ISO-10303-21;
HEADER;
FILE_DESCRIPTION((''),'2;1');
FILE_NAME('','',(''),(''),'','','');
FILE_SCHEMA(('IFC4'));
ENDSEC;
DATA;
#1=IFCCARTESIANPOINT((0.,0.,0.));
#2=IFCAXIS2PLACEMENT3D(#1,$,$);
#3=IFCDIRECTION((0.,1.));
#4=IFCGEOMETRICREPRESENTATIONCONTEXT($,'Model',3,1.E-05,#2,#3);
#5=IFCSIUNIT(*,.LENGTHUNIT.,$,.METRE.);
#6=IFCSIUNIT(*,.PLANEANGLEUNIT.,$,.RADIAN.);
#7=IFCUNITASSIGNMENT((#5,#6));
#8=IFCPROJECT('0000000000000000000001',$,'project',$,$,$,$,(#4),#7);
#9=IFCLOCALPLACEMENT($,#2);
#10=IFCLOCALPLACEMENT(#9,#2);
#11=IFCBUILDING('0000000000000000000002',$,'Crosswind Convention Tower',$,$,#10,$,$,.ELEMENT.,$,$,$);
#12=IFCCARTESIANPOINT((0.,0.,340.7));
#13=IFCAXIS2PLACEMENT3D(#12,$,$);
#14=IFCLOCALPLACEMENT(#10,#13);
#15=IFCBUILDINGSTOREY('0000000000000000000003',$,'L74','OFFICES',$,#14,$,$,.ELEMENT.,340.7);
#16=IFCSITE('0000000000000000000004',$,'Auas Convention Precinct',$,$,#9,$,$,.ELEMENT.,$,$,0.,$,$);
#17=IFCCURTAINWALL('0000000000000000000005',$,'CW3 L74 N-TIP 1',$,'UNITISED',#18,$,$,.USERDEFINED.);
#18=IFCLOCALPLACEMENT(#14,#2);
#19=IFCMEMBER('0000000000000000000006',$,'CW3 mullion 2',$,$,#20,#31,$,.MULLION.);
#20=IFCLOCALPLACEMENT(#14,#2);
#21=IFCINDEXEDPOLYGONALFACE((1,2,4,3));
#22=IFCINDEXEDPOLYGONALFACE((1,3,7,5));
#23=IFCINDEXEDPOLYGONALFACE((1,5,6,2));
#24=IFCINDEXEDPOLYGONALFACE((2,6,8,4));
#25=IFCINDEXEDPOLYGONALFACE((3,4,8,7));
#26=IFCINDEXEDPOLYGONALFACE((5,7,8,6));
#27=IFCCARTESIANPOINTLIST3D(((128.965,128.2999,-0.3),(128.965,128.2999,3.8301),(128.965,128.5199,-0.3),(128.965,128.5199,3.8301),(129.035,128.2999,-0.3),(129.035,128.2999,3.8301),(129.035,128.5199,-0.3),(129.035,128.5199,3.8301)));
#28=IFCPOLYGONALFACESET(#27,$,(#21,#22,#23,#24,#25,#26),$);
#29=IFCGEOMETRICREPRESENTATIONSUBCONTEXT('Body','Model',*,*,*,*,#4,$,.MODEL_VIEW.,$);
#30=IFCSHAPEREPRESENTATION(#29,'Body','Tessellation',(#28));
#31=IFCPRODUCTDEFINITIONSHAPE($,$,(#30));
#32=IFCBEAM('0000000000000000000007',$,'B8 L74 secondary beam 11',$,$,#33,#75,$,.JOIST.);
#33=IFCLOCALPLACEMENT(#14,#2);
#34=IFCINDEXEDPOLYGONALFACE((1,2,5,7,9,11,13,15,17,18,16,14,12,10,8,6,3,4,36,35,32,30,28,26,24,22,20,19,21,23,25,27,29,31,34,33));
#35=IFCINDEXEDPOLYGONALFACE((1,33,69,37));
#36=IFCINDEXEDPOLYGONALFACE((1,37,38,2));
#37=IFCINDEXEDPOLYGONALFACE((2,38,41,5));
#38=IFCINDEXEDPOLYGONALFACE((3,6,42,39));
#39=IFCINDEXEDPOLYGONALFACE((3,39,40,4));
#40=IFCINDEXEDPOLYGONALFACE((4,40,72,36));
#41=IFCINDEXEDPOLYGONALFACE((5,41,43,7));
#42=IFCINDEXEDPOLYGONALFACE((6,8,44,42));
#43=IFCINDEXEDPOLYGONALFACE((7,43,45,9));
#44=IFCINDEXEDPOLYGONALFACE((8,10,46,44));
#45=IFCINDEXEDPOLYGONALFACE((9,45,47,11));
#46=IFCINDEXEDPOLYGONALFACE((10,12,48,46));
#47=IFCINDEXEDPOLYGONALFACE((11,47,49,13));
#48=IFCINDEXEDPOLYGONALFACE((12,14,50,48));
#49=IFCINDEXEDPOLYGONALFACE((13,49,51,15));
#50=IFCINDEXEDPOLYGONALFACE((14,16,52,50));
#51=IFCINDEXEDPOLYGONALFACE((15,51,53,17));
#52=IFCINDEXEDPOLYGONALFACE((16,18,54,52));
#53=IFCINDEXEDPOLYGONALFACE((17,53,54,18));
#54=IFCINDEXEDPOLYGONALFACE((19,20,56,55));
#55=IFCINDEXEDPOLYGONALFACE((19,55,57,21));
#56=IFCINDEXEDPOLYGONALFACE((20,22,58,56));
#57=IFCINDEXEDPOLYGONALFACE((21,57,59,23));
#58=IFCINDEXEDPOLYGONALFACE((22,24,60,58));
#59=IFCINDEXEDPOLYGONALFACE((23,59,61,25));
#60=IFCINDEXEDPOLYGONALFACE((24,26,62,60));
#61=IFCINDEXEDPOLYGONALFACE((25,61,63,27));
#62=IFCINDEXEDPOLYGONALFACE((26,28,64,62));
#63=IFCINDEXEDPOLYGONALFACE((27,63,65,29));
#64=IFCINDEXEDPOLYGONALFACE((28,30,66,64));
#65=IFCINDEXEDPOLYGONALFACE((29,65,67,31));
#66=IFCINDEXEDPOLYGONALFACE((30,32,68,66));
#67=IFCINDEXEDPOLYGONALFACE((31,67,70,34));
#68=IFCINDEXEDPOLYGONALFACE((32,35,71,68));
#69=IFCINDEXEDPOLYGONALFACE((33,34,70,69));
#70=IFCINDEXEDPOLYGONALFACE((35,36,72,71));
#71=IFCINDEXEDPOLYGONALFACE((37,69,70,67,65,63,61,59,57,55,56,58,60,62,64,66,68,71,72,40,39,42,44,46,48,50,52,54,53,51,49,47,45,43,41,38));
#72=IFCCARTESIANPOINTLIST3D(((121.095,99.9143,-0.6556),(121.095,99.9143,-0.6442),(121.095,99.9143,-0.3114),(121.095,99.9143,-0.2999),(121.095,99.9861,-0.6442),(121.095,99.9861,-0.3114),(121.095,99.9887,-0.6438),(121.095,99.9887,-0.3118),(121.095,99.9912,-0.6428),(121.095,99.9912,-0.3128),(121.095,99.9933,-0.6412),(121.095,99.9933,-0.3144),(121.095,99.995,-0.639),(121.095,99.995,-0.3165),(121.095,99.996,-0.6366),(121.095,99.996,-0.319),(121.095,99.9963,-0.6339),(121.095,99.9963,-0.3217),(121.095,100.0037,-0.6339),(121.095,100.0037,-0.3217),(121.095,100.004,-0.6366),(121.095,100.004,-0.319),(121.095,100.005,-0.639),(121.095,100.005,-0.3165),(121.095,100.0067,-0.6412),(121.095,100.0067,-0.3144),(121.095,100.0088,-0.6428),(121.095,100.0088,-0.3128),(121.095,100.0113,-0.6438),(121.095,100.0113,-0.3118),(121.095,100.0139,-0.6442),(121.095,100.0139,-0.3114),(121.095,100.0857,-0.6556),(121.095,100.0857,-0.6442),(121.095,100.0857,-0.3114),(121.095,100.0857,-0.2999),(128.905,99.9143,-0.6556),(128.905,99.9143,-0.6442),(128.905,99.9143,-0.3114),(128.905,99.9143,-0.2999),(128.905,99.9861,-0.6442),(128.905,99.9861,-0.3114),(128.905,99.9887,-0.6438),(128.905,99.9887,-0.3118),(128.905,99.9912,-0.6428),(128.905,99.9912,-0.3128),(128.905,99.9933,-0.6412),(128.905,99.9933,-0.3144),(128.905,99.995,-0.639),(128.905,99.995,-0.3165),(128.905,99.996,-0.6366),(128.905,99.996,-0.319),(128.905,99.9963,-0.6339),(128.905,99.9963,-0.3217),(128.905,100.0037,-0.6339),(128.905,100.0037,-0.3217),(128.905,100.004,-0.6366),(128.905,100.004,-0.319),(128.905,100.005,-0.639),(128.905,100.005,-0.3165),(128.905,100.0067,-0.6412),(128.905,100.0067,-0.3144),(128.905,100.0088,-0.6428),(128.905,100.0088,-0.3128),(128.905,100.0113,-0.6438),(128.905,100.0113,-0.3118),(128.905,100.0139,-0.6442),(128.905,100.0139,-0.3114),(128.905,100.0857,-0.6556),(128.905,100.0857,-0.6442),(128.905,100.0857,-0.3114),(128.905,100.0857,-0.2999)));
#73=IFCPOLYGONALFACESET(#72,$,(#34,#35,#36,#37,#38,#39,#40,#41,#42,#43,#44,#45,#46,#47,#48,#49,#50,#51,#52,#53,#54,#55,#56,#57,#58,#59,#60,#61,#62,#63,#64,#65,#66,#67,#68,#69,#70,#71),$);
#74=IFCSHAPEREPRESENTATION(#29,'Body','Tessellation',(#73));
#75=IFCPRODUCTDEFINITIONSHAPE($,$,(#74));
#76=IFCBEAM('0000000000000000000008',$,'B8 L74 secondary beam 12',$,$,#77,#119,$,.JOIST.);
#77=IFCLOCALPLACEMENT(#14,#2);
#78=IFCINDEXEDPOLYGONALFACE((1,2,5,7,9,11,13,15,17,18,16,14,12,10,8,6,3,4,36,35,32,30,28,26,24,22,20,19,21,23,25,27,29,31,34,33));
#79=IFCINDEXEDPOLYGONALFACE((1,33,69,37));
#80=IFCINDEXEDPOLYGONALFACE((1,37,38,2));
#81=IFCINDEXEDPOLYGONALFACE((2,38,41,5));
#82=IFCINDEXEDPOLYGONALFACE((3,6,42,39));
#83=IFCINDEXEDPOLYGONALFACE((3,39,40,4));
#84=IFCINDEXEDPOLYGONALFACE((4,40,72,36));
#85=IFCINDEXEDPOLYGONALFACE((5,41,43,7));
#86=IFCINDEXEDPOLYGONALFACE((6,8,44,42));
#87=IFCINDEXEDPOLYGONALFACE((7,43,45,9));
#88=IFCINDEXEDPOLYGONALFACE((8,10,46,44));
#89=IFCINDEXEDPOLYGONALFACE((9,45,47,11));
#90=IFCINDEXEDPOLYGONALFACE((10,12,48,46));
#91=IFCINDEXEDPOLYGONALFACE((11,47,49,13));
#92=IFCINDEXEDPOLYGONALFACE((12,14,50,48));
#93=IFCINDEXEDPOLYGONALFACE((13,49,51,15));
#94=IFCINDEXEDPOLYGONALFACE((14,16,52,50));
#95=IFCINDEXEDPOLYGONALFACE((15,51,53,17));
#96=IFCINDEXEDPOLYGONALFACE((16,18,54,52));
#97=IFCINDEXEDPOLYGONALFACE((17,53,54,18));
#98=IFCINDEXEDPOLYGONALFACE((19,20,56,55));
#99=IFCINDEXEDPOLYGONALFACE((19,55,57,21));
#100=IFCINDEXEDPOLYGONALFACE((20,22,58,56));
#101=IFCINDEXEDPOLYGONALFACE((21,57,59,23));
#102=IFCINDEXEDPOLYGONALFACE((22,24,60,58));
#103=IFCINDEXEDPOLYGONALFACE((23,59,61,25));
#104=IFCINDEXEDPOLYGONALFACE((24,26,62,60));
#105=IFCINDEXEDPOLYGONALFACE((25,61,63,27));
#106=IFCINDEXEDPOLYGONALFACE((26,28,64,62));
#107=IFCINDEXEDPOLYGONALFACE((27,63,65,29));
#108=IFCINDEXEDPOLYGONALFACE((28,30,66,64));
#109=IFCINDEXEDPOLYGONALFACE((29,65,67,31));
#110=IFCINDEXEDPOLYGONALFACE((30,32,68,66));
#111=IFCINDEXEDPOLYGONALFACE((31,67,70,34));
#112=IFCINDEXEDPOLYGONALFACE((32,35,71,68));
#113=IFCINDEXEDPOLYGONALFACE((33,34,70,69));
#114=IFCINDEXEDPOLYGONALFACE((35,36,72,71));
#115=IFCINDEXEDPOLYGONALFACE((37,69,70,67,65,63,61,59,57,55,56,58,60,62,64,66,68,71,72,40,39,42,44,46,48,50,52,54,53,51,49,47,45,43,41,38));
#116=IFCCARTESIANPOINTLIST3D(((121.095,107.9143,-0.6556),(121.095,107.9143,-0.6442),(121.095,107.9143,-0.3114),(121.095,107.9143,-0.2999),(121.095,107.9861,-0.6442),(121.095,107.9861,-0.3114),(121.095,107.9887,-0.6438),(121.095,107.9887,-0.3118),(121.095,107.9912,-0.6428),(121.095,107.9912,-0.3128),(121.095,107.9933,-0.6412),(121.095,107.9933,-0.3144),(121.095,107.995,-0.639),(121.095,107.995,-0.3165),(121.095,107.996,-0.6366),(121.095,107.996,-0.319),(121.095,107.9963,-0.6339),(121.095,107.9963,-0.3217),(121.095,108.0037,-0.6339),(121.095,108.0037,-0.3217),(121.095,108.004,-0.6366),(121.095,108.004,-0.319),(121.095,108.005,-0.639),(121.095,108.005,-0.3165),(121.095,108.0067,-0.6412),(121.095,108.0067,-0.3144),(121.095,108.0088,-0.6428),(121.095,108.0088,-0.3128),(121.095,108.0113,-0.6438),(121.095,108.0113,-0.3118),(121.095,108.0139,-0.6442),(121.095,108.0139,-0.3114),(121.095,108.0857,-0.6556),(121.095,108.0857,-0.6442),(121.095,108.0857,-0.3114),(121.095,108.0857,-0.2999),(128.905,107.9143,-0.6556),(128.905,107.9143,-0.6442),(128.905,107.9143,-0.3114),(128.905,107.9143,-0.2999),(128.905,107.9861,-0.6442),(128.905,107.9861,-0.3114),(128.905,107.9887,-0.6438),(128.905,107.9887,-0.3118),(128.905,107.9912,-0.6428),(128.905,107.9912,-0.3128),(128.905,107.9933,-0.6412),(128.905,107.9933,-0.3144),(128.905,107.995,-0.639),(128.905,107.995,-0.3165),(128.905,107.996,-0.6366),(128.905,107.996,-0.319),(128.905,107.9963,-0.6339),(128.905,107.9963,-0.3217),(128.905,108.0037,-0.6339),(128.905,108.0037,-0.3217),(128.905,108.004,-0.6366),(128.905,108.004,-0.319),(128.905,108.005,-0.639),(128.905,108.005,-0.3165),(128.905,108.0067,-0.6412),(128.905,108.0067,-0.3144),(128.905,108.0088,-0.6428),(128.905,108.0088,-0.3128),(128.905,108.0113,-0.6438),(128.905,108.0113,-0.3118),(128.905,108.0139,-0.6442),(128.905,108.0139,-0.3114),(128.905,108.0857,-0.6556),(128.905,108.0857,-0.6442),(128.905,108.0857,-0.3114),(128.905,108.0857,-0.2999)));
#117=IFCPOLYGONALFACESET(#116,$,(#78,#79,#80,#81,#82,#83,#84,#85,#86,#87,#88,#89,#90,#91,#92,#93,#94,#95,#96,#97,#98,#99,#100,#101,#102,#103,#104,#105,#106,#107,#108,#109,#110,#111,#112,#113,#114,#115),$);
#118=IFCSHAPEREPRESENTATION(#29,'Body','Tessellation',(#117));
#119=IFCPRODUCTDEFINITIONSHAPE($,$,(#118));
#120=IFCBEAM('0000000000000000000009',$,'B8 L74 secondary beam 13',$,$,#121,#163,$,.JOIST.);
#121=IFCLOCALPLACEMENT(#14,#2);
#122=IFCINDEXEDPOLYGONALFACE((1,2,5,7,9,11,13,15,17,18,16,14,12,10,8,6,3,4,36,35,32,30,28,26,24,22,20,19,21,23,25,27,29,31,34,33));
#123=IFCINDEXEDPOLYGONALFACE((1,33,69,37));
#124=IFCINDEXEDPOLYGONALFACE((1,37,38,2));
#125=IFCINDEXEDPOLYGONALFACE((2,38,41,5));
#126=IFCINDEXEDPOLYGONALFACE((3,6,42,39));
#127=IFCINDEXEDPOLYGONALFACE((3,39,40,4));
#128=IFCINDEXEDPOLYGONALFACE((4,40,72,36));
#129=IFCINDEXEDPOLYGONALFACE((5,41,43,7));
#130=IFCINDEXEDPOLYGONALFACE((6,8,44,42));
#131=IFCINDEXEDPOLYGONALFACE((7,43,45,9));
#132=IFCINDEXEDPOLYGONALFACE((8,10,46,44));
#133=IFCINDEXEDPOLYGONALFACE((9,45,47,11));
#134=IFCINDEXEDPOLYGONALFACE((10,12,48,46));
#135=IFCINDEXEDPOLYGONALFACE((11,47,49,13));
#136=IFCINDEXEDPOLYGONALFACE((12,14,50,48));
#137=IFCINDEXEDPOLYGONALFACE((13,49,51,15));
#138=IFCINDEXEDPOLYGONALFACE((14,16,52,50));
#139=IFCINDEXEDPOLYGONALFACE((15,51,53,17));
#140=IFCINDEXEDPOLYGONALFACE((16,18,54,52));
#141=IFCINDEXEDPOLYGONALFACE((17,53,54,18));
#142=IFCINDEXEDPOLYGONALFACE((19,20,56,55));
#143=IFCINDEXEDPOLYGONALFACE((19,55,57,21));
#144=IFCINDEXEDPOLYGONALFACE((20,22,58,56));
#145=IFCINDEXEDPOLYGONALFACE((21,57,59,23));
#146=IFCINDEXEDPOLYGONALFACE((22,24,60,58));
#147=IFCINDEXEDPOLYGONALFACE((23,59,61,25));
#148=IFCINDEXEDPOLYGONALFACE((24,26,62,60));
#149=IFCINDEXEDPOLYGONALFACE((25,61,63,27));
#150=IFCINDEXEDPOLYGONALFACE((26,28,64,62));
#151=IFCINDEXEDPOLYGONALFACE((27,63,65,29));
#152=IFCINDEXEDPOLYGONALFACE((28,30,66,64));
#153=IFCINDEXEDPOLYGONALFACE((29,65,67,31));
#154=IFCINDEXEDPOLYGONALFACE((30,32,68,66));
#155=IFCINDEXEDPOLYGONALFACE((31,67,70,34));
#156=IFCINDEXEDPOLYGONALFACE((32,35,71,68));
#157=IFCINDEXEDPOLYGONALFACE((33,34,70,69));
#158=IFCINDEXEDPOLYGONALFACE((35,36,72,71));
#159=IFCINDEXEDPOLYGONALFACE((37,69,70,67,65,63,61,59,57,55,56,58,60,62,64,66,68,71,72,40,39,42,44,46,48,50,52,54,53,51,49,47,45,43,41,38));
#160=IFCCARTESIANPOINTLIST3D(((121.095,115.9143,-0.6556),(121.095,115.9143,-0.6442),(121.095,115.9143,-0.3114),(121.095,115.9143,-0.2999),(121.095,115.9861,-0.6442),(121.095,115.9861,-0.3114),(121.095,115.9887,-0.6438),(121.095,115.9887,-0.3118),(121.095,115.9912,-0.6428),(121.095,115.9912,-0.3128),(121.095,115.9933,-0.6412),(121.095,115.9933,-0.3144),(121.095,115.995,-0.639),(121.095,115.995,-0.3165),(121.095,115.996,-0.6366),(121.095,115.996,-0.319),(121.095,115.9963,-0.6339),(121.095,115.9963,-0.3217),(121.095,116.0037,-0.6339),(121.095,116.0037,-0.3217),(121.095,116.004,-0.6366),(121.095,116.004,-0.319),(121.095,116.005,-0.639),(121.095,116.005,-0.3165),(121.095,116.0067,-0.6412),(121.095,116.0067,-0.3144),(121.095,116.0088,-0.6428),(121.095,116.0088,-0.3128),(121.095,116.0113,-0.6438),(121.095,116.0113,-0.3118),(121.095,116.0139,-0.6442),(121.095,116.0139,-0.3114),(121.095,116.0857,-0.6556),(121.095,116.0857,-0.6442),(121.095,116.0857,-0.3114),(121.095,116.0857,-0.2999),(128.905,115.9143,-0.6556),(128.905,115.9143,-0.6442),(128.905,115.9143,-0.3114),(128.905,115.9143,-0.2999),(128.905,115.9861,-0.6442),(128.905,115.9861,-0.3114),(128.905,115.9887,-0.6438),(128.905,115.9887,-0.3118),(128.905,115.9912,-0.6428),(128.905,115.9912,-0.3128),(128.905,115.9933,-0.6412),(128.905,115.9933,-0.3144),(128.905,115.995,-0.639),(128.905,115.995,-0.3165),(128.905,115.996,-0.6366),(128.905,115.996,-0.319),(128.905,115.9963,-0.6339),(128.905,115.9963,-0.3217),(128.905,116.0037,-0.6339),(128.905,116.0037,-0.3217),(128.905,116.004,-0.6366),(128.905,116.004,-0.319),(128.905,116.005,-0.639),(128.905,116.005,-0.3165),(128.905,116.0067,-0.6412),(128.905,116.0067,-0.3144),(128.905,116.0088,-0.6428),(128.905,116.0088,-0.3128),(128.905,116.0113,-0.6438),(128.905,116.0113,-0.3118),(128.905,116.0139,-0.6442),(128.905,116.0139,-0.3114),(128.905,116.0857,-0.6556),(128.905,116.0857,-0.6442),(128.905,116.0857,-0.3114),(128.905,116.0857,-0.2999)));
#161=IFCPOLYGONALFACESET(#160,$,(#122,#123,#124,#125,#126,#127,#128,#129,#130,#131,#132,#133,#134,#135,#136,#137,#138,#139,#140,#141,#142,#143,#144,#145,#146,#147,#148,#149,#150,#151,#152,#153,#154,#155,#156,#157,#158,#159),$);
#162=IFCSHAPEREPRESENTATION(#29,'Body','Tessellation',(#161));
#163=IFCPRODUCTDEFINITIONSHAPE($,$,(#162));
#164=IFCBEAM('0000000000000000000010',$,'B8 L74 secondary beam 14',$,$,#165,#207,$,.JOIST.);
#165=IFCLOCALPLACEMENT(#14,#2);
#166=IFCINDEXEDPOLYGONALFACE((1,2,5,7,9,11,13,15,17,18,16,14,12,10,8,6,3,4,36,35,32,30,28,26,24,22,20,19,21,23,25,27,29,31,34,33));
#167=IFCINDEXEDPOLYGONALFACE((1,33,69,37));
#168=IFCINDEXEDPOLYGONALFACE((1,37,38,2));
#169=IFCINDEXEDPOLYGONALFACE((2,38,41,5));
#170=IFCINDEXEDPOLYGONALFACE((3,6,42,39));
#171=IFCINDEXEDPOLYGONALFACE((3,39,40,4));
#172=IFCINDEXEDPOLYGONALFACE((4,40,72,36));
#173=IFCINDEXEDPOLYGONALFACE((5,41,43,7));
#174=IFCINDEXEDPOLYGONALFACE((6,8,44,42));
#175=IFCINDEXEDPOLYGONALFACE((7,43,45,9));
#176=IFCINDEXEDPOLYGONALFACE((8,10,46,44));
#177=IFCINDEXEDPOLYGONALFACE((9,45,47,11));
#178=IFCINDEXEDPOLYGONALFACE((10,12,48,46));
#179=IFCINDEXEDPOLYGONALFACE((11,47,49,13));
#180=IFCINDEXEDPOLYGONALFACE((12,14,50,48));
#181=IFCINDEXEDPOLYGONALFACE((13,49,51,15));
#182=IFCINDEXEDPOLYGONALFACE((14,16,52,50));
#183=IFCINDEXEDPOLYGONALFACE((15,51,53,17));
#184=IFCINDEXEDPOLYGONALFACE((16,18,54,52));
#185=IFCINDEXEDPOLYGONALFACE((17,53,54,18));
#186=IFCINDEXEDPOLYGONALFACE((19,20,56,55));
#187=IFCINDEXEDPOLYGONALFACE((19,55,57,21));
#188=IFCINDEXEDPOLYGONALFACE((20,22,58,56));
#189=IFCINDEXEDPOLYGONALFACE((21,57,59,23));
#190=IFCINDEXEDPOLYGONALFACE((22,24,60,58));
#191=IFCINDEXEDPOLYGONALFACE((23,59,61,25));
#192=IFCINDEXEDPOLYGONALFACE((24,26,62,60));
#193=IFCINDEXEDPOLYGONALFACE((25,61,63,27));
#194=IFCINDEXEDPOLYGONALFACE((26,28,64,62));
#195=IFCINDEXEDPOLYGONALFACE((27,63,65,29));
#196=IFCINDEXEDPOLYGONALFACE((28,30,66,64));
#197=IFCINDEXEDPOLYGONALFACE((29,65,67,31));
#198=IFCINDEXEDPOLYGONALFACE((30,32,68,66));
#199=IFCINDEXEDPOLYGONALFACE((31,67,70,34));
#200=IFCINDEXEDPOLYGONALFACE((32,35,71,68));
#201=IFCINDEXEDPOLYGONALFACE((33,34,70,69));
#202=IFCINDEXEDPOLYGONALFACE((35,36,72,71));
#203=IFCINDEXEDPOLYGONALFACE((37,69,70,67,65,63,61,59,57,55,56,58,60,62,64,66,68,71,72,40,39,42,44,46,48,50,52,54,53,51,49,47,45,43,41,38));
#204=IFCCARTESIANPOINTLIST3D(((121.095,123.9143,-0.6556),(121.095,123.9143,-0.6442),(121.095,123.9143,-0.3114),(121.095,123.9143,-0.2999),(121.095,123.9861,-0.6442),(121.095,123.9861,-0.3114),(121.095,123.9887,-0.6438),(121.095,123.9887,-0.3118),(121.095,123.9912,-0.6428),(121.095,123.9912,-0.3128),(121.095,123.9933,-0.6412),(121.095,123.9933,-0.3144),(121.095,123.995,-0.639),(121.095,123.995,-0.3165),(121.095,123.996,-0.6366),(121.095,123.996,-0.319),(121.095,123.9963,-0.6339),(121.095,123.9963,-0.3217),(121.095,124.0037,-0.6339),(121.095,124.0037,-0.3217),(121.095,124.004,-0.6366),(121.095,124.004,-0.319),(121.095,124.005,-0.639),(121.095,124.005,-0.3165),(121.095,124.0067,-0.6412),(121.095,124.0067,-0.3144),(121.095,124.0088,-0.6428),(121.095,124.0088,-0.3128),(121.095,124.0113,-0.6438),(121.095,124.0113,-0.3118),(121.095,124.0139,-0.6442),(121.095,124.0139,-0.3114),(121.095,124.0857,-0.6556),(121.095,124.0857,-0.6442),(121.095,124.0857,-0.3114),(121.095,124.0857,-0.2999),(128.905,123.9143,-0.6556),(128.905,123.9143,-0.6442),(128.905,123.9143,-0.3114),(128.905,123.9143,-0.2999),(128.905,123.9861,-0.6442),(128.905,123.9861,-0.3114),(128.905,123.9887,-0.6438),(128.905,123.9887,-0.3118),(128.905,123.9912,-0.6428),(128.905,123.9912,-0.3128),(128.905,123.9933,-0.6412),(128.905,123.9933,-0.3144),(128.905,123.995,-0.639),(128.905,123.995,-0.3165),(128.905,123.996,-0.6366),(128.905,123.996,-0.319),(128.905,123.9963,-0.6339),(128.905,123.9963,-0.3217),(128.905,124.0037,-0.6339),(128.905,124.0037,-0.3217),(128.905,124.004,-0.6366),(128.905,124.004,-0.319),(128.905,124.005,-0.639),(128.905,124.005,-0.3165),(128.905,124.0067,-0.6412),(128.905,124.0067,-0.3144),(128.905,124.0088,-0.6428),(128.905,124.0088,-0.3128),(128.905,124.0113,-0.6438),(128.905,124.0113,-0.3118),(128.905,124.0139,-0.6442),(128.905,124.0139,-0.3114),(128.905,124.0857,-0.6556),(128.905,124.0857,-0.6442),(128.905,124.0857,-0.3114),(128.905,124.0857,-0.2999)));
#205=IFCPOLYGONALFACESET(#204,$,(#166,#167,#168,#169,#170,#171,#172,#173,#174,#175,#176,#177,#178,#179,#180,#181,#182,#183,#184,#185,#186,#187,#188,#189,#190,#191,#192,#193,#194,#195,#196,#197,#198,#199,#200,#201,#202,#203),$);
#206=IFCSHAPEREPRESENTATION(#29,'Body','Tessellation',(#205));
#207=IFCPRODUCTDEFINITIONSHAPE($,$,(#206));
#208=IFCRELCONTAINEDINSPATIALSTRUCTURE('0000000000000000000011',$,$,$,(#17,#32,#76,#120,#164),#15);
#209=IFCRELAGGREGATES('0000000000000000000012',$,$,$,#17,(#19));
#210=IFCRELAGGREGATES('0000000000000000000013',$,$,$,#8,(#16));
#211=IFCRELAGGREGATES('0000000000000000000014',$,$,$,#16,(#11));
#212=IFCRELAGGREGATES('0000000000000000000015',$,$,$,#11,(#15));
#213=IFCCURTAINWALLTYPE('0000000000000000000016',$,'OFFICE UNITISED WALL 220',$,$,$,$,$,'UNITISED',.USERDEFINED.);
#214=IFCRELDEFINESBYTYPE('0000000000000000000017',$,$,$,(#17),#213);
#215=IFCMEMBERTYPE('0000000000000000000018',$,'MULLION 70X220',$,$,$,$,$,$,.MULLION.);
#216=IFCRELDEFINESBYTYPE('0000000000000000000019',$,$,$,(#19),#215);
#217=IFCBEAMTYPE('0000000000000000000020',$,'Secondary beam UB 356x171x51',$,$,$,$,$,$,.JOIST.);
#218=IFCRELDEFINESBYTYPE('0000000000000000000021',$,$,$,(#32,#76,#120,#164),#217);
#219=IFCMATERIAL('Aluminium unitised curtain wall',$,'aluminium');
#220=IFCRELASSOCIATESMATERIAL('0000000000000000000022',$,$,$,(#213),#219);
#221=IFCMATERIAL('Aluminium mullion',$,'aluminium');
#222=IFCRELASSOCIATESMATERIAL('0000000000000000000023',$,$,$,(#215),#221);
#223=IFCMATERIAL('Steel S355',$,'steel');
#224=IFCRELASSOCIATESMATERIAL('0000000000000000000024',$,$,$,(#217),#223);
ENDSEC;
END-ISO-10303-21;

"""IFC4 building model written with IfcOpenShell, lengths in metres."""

from ifc_helpers import new_model, si_unit, direction, frame, origin, origin_2d, place, context, subcontext, project, spatial, rectangle, i_section, extrude, material, material_profile, profile_set, type_object, element, aggregate, save


model = new_model("IFC4")

# Units and contexts
model_context = context("Model", 3, precision=1e-05, world=origin(), true_north=direction((0.0, 1.0)))
body_context = subcontext(model_context, "Body", "Model", "MODEL_VIEW")
ifc_project = project(units=[si_unit("LENGTHUNIT", "METRE"), si_unit("PLANEANGLEUNIT", "RADIAN")], contexts=[model_context])

# Site, building, storey
site_placement = place(None, origin())
site = spatial("IfcSite", under=ifc_project, at=site_placement, Name="Auas Convention Precinct", CompositionType="ELEMENT", RefElevation=0.0)
building_placement = place(site_placement, origin())
building = spatial("IfcBuilding", under=site, at=building_placement, Name="Crosswind Convention Tower", CompositionType="ELEMENT")
storey_placement = place(building_placement, frame((0.0, 0.0, 340.7)))
storey = spatial("IfcBuildingStorey", under=building, at=storey_placement, Name="L74", Description="OFFICES", CompositionType="ELEMENT", Elevation=340.7)

# Shared definitions
ifc_material_1 = material(Name="Steel S355", Category="steel")

# Curtain wall, member
ifc_material_2 = material(Name="Aluminium unitised curtain wall", Category="aluminium")
curtain_wall_type = type_object("IfcCurtainWallType", Name="OFFICE UNITISED WALL 220", ElementType="UNITISED", PredefinedType="USERDEFINED", material=ifc_material_2)
curtain_wall_placement = place(storey_placement, origin())
curtain_wall = element("IfcCurtainWall", 1, at=curtain_wall_placement, inside=storey, type_object=curtain_wall_type, Name="CW3 L74 N-TIP 1", ObjectType="UNITISED", PredefinedType="USERDEFINED")
ifc_material_3 = material(Name="Aluminium mullion", Category="aluminium")
ifc_material_profile_1 = material_profile(ifc_material_3, rectangle(XDim=0.22, YDim=0.0701, at=origin_2d()), Name="AL 220X70")
ifc_profile_set_1 = profile_set([ifc_material_profile_1], Name="Aluminium mullion")
member_type = type_object("IfcMemberType", Name="MULLION 70X220", PredefinedType="MULLION", material=ifc_profile_set_1)
member_placement = place(storey_placement, frame((129.0, 128.4099, -0.3), z_axis=(0.0, 0.0, 1.0), x_axis=(0.0, 1.0, 0.0)))
member = element("IfcMember", 2, at=member_placement, type_object=member_type, Name="CW3 mullion 2", PredefinedType="MULLION", context=body_context, shape_type="SweptSolid", body=[
    extrude(rectangle(XDim=0.22, YDim=0.0701, at=origin_2d()), origin(), (0.0, 0.0, 1.0), 4.1301),
])

# Beams
ifc_material_profile_2 = material_profile(ifc_material_1, i_section(OverallWidth=0.1714, OverallDepth=0.3557, WebThickness=0.0073, FlangeThickness=0.0115, FilletRadius=0.0103, at=origin_2d()), Name="UB 356x171x51")
ifc_profile_set_2 = profile_set([ifc_material_profile_2], Name="Steel S355")
beam_type_1 = type_object("IfcBeamType", Name="Secondary beam UB 356x171x51", PredefinedType="JOIST", material=ifc_profile_set_2)
for number, where, z_axis, x_axis, name in (
    (3, (121.095, 100.0, -0.4778), (1.0, 0.0, 0.0), (0.0, 1.0, 0.0), "B8 L74 secondary beam 11"),
    (4, (121.095, 108.0, -0.4778), (1.0, 0.0, 0.0), (0.0, 1.0, 0.0), "B8 L74 secondary beam 12"),
    (5, (121.095, 116.0, -0.4778), (1.0, 0.0, 0.0), (0.0, 1.0, 0.0), "B8 L74 secondary beam 13"),
    (6, (121.095, 124.0, -0.4778), (1.0, 0.0, 0.0), (0.0, 1.0, 0.0), "B8 L74 secondary beam 14"),
):
    element("IfcBeam", number, at=place(storey_placement, frame(where, z_axis=z_axis, x_axis=x_axis)), inside=storey, type_object=beam_type_1, Name=name, PredefinedType="JOIST", context=body_context, shape_type="SweptSolid", body=[
        extrude(i_section(OverallWidth=0.1714, OverallDepth=0.3557, WebThickness=0.0073, FlangeThickness=0.0115, FilletRadius=0.0103, at=origin_2d()), origin(), (0.0, 0.0, 1.0), 7.8101),
    ])

aggregate(curtain_wall, [member])

save(model, "model.ifc")
